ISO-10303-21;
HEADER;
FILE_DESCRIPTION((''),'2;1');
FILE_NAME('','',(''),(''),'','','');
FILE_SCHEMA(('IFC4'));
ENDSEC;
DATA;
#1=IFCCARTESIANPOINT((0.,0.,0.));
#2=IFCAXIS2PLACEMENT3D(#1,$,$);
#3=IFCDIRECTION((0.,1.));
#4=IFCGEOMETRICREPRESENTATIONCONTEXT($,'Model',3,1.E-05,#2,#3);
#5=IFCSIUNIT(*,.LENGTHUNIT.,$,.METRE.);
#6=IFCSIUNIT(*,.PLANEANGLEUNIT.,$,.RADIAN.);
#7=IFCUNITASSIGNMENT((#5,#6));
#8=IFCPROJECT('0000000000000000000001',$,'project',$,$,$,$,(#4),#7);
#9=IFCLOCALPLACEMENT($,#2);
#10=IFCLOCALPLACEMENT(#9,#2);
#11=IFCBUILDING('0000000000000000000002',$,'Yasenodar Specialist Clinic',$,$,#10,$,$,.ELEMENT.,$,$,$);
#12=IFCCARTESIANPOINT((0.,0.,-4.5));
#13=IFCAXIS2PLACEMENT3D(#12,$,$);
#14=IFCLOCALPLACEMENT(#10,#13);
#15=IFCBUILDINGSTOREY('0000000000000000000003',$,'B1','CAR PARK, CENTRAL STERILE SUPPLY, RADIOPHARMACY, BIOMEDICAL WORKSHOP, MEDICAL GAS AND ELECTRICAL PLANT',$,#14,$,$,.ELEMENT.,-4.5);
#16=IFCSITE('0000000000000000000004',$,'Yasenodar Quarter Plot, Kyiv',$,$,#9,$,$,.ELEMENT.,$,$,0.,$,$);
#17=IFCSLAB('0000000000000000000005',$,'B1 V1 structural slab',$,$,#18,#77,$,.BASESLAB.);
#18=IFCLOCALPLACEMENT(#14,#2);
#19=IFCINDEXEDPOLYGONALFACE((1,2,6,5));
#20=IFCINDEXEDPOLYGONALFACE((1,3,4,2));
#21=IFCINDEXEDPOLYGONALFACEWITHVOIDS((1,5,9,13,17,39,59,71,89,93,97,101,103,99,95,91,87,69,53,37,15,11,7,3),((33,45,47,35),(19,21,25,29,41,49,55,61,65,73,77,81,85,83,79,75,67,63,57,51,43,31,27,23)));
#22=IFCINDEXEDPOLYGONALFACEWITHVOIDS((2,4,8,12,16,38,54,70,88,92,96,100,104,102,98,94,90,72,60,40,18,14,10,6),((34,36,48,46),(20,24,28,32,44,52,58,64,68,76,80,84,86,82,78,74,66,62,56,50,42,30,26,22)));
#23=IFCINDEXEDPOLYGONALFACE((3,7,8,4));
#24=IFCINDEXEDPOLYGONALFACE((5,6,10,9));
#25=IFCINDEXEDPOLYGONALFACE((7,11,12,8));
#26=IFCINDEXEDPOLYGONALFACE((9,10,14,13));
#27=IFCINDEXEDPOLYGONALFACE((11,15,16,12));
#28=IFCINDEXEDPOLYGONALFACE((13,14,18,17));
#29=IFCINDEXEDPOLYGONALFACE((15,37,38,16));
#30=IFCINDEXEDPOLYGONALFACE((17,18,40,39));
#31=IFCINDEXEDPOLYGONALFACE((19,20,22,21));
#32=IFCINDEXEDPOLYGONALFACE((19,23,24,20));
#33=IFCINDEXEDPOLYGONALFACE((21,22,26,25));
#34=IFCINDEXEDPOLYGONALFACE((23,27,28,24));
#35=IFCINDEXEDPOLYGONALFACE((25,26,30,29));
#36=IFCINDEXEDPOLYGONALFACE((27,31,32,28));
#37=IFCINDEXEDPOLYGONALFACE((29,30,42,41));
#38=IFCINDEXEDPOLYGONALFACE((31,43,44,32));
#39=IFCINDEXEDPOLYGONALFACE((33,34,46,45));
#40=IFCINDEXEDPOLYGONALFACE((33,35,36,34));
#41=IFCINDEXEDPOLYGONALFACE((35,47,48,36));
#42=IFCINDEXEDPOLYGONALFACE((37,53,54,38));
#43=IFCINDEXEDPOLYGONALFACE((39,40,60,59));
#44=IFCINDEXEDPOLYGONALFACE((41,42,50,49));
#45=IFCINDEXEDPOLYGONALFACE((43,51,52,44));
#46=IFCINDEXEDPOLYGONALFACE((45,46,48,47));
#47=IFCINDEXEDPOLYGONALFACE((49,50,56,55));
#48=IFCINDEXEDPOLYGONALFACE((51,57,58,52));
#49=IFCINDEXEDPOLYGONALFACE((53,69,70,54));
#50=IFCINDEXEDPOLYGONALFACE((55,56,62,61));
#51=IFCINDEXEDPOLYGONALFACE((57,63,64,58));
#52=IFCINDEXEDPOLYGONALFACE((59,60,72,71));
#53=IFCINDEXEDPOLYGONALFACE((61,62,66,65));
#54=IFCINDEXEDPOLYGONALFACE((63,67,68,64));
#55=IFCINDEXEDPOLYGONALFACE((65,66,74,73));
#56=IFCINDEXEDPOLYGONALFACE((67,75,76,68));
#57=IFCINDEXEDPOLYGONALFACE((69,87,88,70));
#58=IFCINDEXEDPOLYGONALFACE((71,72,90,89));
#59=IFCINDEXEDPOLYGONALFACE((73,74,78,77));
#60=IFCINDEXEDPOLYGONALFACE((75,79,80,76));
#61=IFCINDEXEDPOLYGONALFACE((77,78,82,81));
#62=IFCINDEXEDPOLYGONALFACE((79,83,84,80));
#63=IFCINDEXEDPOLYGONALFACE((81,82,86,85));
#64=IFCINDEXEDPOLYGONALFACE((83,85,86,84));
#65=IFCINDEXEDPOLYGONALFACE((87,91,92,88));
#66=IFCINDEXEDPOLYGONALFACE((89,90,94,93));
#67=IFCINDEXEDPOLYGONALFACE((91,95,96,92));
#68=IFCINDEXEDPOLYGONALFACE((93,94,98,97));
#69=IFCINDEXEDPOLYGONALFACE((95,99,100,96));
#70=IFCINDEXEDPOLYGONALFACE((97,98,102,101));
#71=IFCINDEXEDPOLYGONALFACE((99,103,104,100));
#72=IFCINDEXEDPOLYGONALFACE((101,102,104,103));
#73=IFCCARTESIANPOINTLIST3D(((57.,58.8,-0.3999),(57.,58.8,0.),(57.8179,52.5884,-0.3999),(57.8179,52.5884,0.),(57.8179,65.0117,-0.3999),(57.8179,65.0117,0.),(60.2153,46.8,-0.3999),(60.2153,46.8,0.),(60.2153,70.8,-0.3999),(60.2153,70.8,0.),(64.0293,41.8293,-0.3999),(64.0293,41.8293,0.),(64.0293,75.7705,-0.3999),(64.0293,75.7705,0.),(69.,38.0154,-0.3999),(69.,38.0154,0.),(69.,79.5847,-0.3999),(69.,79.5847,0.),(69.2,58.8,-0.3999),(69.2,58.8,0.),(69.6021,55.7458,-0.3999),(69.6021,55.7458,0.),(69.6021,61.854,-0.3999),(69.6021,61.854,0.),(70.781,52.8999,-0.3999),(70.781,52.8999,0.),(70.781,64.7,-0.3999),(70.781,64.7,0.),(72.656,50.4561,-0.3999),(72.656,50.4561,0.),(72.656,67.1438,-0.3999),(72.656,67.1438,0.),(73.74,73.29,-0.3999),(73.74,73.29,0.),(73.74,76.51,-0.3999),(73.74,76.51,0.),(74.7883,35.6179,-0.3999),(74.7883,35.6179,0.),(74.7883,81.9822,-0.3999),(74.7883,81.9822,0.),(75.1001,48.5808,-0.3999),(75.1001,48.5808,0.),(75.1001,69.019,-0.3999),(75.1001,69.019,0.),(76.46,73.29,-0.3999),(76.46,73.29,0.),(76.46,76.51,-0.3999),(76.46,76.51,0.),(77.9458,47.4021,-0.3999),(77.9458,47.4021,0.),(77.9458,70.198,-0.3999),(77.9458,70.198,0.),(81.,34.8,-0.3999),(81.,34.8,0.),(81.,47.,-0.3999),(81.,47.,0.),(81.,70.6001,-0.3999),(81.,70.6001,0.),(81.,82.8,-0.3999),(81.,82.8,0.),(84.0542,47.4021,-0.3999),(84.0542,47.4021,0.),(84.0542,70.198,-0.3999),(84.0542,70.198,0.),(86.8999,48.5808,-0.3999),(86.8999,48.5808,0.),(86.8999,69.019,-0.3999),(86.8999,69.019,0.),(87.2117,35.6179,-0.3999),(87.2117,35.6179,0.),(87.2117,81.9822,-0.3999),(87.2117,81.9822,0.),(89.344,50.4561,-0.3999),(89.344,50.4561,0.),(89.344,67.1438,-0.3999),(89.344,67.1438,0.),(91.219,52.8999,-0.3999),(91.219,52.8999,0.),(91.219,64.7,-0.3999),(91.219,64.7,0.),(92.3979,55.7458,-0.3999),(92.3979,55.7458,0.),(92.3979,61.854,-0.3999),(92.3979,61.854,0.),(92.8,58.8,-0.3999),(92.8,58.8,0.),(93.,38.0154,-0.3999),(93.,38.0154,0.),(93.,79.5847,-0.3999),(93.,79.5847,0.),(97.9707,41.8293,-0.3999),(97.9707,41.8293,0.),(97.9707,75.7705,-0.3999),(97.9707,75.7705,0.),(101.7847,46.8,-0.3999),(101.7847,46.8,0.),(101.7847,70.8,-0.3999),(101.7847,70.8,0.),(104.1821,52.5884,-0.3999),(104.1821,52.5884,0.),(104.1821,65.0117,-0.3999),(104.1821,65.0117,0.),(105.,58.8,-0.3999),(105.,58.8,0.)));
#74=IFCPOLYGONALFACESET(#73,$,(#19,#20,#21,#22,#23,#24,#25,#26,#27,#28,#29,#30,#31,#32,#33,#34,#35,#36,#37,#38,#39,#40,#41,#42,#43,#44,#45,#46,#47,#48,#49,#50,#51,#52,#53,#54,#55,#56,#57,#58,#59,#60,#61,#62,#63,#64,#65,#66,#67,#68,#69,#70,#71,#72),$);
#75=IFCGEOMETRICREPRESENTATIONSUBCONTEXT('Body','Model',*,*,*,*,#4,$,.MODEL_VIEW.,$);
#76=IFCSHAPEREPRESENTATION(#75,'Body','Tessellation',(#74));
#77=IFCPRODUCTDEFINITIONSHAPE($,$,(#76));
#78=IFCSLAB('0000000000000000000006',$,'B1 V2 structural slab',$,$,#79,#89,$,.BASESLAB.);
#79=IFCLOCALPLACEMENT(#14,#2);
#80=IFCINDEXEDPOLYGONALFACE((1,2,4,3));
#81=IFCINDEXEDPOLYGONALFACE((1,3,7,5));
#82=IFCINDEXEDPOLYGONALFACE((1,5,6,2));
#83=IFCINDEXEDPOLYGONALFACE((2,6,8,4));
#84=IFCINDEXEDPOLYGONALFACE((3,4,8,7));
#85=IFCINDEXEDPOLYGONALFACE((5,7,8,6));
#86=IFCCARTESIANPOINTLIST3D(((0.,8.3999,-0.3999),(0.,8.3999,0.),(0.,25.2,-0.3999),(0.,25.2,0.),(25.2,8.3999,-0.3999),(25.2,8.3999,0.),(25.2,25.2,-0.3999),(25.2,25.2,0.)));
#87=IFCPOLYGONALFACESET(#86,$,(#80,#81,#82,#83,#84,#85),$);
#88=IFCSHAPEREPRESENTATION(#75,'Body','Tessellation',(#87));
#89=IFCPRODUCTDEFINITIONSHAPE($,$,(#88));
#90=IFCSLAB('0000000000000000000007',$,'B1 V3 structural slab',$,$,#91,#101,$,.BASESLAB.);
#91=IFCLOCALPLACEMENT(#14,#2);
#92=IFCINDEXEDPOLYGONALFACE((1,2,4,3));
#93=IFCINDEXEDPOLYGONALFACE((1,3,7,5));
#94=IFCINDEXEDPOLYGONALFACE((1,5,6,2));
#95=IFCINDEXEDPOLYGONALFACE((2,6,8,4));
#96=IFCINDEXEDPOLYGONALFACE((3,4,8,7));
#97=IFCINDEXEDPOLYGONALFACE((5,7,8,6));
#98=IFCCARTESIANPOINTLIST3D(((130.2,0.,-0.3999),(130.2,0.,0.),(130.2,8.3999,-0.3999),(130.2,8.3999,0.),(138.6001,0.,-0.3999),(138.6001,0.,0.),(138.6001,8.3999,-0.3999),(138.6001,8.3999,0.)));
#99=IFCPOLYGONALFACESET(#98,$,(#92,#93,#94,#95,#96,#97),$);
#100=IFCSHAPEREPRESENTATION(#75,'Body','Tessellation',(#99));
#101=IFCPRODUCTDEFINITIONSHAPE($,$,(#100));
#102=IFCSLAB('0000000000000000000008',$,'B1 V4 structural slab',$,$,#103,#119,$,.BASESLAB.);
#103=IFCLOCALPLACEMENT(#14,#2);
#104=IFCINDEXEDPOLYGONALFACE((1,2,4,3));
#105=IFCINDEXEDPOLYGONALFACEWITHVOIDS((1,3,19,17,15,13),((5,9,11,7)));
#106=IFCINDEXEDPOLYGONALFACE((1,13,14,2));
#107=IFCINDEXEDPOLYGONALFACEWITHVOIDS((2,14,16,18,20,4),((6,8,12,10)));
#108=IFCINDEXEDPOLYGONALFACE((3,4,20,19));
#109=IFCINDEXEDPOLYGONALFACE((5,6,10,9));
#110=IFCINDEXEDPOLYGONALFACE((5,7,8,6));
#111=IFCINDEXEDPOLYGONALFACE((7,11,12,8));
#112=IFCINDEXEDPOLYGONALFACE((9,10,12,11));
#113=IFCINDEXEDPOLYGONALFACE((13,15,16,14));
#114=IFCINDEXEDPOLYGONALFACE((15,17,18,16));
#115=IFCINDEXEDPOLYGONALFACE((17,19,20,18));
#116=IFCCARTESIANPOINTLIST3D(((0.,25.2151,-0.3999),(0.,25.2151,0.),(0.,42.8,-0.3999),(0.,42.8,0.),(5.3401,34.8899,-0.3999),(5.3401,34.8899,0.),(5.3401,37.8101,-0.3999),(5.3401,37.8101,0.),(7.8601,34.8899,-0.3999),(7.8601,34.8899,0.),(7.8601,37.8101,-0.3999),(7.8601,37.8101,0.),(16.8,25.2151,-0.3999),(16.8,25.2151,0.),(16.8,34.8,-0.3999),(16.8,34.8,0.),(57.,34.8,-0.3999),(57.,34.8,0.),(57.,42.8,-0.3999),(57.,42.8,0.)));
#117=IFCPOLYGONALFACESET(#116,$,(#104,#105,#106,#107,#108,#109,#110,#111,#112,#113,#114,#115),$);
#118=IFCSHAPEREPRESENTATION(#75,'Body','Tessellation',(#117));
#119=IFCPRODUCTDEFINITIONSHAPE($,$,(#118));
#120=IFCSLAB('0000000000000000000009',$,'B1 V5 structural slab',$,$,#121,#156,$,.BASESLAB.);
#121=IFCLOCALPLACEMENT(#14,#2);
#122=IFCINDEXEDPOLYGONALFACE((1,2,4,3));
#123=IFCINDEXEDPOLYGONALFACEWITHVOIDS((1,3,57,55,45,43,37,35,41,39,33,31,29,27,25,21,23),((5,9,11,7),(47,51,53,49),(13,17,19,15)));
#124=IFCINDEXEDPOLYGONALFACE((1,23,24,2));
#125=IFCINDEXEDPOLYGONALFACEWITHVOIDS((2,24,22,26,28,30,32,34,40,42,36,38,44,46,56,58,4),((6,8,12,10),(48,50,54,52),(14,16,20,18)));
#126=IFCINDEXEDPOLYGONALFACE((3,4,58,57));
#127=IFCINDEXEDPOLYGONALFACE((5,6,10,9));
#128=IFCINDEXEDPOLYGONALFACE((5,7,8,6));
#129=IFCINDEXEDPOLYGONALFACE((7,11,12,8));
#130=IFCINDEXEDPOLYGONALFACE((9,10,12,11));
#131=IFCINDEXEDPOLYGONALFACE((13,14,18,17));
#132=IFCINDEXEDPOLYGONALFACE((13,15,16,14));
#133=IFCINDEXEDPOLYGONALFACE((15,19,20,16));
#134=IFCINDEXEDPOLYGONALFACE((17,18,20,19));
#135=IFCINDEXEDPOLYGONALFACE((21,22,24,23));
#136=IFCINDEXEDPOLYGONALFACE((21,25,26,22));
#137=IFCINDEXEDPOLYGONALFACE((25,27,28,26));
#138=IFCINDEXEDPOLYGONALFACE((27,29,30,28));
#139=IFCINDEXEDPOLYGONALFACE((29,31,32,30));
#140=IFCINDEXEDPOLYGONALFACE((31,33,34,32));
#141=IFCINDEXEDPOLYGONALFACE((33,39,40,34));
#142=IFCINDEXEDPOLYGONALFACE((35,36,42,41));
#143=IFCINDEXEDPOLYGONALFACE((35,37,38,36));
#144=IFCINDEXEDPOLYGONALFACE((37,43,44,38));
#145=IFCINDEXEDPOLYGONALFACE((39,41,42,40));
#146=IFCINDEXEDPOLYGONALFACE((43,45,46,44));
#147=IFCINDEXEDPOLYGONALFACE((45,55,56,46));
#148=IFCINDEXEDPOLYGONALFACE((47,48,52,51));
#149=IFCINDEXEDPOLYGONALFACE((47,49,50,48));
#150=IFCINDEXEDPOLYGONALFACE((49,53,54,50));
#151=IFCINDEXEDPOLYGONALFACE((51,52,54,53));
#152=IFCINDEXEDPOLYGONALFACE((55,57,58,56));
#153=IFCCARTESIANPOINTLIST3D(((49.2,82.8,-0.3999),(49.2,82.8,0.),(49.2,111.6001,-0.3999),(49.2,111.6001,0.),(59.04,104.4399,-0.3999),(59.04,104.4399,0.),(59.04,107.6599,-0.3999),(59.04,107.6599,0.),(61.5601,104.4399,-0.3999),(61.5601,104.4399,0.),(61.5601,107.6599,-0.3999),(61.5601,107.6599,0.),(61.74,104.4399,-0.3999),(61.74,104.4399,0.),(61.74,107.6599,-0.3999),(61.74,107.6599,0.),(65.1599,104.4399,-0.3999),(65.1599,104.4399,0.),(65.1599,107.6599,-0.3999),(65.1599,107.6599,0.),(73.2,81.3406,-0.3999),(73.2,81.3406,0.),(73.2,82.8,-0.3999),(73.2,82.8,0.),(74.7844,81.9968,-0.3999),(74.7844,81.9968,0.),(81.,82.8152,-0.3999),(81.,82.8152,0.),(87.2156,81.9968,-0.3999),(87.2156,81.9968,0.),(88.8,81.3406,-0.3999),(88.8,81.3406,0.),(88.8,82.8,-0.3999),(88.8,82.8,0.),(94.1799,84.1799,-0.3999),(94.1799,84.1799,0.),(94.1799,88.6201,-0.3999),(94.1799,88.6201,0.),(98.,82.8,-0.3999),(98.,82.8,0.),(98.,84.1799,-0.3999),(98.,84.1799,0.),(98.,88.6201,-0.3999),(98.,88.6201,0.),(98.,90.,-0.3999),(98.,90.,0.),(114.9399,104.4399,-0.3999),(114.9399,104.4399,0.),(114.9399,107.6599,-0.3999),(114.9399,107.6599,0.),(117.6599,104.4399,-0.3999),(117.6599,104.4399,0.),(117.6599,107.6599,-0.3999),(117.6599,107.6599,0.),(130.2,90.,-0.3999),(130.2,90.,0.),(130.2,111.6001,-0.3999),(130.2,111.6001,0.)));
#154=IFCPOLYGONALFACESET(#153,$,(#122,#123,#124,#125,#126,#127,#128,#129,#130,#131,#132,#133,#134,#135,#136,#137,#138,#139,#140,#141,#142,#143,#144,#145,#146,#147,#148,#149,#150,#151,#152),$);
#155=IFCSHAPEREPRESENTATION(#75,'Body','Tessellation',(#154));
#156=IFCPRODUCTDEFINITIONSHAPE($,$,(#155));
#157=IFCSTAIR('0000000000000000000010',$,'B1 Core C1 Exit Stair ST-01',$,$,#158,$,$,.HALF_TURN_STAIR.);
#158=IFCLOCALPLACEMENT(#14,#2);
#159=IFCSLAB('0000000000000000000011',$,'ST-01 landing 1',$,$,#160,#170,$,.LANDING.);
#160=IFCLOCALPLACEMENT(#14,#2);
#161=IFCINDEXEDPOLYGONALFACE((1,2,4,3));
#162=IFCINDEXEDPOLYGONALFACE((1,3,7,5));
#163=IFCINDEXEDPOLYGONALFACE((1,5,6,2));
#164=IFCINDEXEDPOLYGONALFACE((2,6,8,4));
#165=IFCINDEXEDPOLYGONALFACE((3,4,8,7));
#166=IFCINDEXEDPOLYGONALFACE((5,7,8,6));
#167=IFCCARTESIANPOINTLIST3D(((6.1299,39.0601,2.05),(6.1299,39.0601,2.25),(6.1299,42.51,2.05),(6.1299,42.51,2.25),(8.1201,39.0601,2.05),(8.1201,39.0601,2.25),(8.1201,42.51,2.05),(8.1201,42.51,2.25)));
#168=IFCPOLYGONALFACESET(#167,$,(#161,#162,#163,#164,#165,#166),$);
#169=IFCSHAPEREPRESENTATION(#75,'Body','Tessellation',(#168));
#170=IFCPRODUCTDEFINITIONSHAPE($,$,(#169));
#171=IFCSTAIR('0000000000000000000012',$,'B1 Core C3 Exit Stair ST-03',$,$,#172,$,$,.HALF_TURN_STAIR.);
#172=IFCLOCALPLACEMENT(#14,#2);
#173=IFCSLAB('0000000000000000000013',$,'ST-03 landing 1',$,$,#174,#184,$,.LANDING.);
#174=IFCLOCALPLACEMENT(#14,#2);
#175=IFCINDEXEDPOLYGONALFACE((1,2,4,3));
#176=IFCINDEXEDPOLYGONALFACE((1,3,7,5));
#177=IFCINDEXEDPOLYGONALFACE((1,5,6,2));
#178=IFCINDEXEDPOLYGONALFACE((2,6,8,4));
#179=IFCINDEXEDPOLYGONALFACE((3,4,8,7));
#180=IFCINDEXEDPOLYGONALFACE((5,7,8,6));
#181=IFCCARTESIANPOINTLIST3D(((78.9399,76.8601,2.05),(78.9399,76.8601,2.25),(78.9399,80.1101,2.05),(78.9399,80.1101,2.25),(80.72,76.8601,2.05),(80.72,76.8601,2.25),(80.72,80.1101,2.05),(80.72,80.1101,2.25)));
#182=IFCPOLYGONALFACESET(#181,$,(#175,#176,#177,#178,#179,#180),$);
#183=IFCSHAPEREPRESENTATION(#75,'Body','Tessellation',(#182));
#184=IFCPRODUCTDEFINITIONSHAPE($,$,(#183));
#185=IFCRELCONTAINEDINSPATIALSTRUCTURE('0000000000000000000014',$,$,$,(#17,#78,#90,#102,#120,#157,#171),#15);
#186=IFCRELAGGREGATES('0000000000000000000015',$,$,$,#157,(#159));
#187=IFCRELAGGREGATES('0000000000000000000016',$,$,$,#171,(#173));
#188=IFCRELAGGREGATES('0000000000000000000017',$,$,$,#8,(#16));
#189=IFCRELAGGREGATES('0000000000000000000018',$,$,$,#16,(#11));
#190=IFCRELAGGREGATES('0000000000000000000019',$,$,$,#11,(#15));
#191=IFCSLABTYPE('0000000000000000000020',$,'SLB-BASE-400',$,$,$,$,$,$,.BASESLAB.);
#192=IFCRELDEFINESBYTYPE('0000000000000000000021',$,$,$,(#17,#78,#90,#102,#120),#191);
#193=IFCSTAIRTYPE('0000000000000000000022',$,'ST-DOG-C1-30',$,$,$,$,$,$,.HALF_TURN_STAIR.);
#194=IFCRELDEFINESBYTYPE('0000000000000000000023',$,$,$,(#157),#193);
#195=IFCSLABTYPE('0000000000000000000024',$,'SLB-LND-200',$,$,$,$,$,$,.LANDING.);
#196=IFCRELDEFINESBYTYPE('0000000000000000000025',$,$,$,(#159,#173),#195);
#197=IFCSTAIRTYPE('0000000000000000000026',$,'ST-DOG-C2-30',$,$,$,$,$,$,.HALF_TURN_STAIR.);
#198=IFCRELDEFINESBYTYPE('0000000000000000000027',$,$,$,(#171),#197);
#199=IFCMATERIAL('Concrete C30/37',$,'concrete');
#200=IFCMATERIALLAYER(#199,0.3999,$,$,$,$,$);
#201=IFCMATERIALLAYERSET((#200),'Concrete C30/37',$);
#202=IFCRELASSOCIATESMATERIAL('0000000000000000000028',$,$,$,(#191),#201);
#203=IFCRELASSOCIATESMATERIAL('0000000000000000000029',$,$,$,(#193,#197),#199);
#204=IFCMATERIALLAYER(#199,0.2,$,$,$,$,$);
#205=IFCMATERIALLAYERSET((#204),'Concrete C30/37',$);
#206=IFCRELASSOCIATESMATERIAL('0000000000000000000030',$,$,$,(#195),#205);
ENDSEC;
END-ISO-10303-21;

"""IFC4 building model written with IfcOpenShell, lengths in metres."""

from ifc_helpers import new_model, si_unit, direction, frame, origin, place, context, subcontext, project, spatial, polyline, outline, extrude, material, layer, layer_set, type_object, element, aggregate, save


model = new_model("IFC4")

# Units and contexts
model_context = context("Model", 3, precision=1e-05, world=origin(), true_north=direction((0.0, 1.0)))
body_context = subcontext(model_context, "Body", "Model", "MODEL_VIEW")
ifc_project = project(units=[si_unit("LENGTHUNIT", "METRE"), si_unit("PLANEANGLEUNIT", "RADIAN")], contexts=[model_context])

# Site, building, storey
site_placement = place(None, origin())
site = spatial("IfcSite", under=ifc_project, at=site_placement, Name="Yasenodar Quarter Plot, Kyiv", CompositionType="ELEMENT", RefElevation=0.0)
building_placement = place(site_placement, origin())
building = spatial("IfcBuilding", under=site, at=building_placement, Name="Yasenodar Specialist Clinic", CompositionType="ELEMENT")
storey_placement = place(building_placement, frame((0.0, 0.0, -4.5)))
storey = spatial("IfcBuildingStorey", under=building, at=storey_placement, Name="B1", Description="CAR PARK, CENTRAL STERILE SUPPLY, RADIOPHARMACY, BIOMEDICAL WORKSHOP, MEDICAL GAS AND ELECTRICAL PLANT", CompositionType="ELEMENT", Elevation=-4.5)

# Shared definitions
ifc_material_1 = material(Name="Concrete C30/37", Category="concrete")

# Slabs
ifc_layer_1 = layer(ifc_material_1, 0.3999)
ifc_layer_set_1 = layer_set([ifc_layer_1], Name="Concrete C30/37")
slab_type_1 = type_object("IfcSlabType", Name="SLB-BASE-400", PredefinedType="BASESLAB", material=ifc_layer_set_1)
slab_1_placement = place(storey_placement, frame((0.0, 0.0, -0.3999)))
element("IfcSlab", 1, at=slab_1_placement, inside=storey, type_object=slab_type_1, Name="B1 V1 structural slab", PredefinedType="BASESLAB", context=body_context, shape_type="SweptSolid", body=[
    extrude(outline(polyline([(105.0, 58.8), (104.1821, 65.0117), (101.7847, 70.8), (97.9707, 75.7705), (93.0, 79.5847), (87.2117, 81.9822), (81.0, 82.8), (74.7883, 81.9822), (69.0, 79.5847), (64.0293, 75.7705), (60.2153, 70.8), (57.8179, 65.0117), (57.0, 58.8), (57.8179, 52.5884), (60.2153, 46.8), (64.0293, 41.8293), (69.0, 38.0154), (74.7883, 35.6179), (81.0, 34.8), (87.2117, 35.6179), (93.0, 38.0154), (97.9707, 41.8293), (101.7847, 46.8), (104.1821, 52.5884), (105.0, 58.8)]), holes=[polyline([(73.74, 73.29), (76.46, 73.29), (76.46, 76.51), (73.74, 76.51), (73.74, 73.29)]), polyline([(92.8, 58.8), (92.3979, 61.854), (91.219, 64.7), (89.344, 67.1438), (86.8999, 69.019), (84.0542, 70.198), (81.0, 70.6001), (77.9458, 70.198), (75.1001, 69.019), (72.656, 67.1438), (70.781, 64.7), (69.6021, 61.854), (69.2, 58.8), (69.6021, 55.7458), (70.781, 52.8999), (72.656, 50.4561), (75.1001, 48.5808), (77.9458, 47.4021), (81.0, 47.0), (84.0542, 47.4021), (86.8999, 48.5808), (89.344, 50.4561), (91.219, 52.8999), (92.3979, 55.7458), (92.8, 58.8)])]), origin(), (0.0, 0.0, 1.0), 0.3999),
])
slab_2_placement = place(storey_placement, frame((0.0, 0.0, -0.3999)))
element("IfcSlab", 2, at=slab_2_placement, inside=storey, type_object=slab_type_1, Name="B1 V2 structural slab", PredefinedType="BASESLAB", context=body_context, shape_type="SweptSolid", body=[
    extrude(outline(polyline([(0.0, 25.2), (25.2, 25.2), (25.2, 8.3999), (0.0, 8.3999), (0.0, 25.2)])), origin(), (0.0, 0.0, 1.0), 0.3999),
])
slab_3_placement = place(storey_placement, frame((0.0, 0.0, -0.3999)))
element("IfcSlab", 3, at=slab_3_placement, inside=storey, type_object=slab_type_1, Name="B1 V3 structural slab", PredefinedType="BASESLAB", context=body_context, shape_type="SweptSolid", body=[
    extrude(outline(polyline([(130.2, 8.3999), (138.6001, 8.3999), (138.6001, 0.0), (130.2, 0.0), (130.2, 8.3999)])), origin(), (0.0, 0.0, 1.0), 0.3999),
])
slab_4_placement = place(storey_placement, frame((0.0, 0.0, -0.3999)))
element("IfcSlab", 4, at=slab_4_placement, inside=storey, type_object=slab_type_1, Name="B1 V4 structural slab", PredefinedType="BASESLAB", context=body_context, shape_type="SweptSolid", body=[
    extrude(outline(polyline([(0.0, 42.8), (57.0, 42.8), (57.0, 34.8), (16.8, 34.8), (16.8, 25.2151), (0.0, 25.2151), (0.0, 42.8)]), holes=[polyline([(7.8601, 34.8899), (7.8601, 37.8101), (5.3401, 37.8101), (5.3401, 34.8899), (7.8601, 34.8899)])]), origin(), (0.0, 0.0, 1.0), 0.3999),
])
slab_5_placement = place(storey_placement, frame((0.0, 0.0, -0.3999)))
element("IfcSlab", 5, at=slab_5_placement, inside=storey, type_object=slab_type_1, Name="B1 V5 structural slab", PredefinedType="BASESLAB", context=body_context, shape_type="SweptSolid", body=[
    extrude(outline(polyline([(73.2, 82.8), (49.2, 82.8), (49.2, 111.6001), (130.2, 111.6001), (130.2, 90.0), (98.0, 90.0), (98.0, 88.6201), (94.1799, 88.6201), (94.1799, 84.1799), (98.0, 84.1799), (98.0, 82.8), (88.8, 82.8), (88.8, 81.3406), (87.2156, 81.9968), (81.0, 82.8152), (74.7844, 81.9968), (73.2, 81.3406), (73.2, 82.8)]), holes=[polyline([(61.5601, 104.4399), (61.5601, 107.6599), (59.04, 107.6599), (59.04, 104.4399), (61.5601, 104.4399)]), polyline([(65.1599, 104.4399), (65.1599, 107.6599), (61.74, 107.6599), (61.74, 104.4399), (65.1599, 104.4399)]), polyline([(117.6599, 104.4399), (117.6599, 107.6599), (114.9399, 107.6599), (114.9399, 104.4399), (117.6599, 104.4399)])]), origin(), (0.0, 0.0, 1.0), 0.3999),
])

# Stairs, slabs
stair_type_1 = type_object("IfcStairType", Name="ST-DOG-C1-30", PredefinedType="HALF_TURN_STAIR", material=ifc_material_1)
stair_1_placement = place(storey_placement, origin())
stair_1 = element("IfcStair", 6, at=stair_1_placement, inside=storey, type_object=stair_type_1, Name="B1 Core C1 Exit Stair ST-01", PredefinedType="HALF_TURN_STAIR")
ifc_layer_2 = layer(ifc_material_1, 0.2)
ifc_layer_set_2 = layer_set([ifc_layer_2], Name="Concrete C30/37")
slab_type_2 = type_object("IfcSlabType", Name="SLB-LND-200", PredefinedType="LANDING", material=ifc_layer_set_2)
slab_6_placement = place(storey_placement, frame((0.0, 0.0, 2.05)))
slab_6 = element("IfcSlab", 7, at=slab_6_placement, type_object=slab_type_2, Name="ST-01 landing 1", PredefinedType="LANDING", context=body_context, shape_type="SweptSolid", body=[
    extrude(outline(polyline([(6.1299, 39.0601), (8.1201, 39.0601), (8.1201, 42.51), (6.1299, 42.51), (6.1299, 39.0601)])), origin(), (0.0, 0.0, 1.0), 0.2),
])
aggregate(stair_1, [slab_6])
stair_type_2 = type_object("IfcStairType", Name="ST-DOG-C2-30", PredefinedType="HALF_TURN_STAIR", material=ifc_material_1)
stair_2_placement = place(storey_placement, origin())
stair_2 = element("IfcStair", 8, at=stair_2_placement, inside=storey, type_object=stair_type_2, Name="B1 Core C3 Exit Stair ST-03", PredefinedType="HALF_TURN_STAIR")
slab_7_placement = place(storey_placement, frame((0.0, 0.0, 2.05)))
slab_7 = element("IfcSlab", 9, at=slab_7_placement, type_object=slab_type_2, Name="ST-03 landing 1", PredefinedType="LANDING", context=body_context, shape_type="SweptSolid", body=[
    extrude(outline(polyline([(78.9399, 76.8601), (80.72, 76.8601), (80.72, 80.1101), (78.9399, 80.1101), (78.9399, 76.8601)])), origin(), (0.0, 0.0, 1.0), 0.2),
])
aggregate(stair_2, [slab_7])

save(model, "model.ifc")
